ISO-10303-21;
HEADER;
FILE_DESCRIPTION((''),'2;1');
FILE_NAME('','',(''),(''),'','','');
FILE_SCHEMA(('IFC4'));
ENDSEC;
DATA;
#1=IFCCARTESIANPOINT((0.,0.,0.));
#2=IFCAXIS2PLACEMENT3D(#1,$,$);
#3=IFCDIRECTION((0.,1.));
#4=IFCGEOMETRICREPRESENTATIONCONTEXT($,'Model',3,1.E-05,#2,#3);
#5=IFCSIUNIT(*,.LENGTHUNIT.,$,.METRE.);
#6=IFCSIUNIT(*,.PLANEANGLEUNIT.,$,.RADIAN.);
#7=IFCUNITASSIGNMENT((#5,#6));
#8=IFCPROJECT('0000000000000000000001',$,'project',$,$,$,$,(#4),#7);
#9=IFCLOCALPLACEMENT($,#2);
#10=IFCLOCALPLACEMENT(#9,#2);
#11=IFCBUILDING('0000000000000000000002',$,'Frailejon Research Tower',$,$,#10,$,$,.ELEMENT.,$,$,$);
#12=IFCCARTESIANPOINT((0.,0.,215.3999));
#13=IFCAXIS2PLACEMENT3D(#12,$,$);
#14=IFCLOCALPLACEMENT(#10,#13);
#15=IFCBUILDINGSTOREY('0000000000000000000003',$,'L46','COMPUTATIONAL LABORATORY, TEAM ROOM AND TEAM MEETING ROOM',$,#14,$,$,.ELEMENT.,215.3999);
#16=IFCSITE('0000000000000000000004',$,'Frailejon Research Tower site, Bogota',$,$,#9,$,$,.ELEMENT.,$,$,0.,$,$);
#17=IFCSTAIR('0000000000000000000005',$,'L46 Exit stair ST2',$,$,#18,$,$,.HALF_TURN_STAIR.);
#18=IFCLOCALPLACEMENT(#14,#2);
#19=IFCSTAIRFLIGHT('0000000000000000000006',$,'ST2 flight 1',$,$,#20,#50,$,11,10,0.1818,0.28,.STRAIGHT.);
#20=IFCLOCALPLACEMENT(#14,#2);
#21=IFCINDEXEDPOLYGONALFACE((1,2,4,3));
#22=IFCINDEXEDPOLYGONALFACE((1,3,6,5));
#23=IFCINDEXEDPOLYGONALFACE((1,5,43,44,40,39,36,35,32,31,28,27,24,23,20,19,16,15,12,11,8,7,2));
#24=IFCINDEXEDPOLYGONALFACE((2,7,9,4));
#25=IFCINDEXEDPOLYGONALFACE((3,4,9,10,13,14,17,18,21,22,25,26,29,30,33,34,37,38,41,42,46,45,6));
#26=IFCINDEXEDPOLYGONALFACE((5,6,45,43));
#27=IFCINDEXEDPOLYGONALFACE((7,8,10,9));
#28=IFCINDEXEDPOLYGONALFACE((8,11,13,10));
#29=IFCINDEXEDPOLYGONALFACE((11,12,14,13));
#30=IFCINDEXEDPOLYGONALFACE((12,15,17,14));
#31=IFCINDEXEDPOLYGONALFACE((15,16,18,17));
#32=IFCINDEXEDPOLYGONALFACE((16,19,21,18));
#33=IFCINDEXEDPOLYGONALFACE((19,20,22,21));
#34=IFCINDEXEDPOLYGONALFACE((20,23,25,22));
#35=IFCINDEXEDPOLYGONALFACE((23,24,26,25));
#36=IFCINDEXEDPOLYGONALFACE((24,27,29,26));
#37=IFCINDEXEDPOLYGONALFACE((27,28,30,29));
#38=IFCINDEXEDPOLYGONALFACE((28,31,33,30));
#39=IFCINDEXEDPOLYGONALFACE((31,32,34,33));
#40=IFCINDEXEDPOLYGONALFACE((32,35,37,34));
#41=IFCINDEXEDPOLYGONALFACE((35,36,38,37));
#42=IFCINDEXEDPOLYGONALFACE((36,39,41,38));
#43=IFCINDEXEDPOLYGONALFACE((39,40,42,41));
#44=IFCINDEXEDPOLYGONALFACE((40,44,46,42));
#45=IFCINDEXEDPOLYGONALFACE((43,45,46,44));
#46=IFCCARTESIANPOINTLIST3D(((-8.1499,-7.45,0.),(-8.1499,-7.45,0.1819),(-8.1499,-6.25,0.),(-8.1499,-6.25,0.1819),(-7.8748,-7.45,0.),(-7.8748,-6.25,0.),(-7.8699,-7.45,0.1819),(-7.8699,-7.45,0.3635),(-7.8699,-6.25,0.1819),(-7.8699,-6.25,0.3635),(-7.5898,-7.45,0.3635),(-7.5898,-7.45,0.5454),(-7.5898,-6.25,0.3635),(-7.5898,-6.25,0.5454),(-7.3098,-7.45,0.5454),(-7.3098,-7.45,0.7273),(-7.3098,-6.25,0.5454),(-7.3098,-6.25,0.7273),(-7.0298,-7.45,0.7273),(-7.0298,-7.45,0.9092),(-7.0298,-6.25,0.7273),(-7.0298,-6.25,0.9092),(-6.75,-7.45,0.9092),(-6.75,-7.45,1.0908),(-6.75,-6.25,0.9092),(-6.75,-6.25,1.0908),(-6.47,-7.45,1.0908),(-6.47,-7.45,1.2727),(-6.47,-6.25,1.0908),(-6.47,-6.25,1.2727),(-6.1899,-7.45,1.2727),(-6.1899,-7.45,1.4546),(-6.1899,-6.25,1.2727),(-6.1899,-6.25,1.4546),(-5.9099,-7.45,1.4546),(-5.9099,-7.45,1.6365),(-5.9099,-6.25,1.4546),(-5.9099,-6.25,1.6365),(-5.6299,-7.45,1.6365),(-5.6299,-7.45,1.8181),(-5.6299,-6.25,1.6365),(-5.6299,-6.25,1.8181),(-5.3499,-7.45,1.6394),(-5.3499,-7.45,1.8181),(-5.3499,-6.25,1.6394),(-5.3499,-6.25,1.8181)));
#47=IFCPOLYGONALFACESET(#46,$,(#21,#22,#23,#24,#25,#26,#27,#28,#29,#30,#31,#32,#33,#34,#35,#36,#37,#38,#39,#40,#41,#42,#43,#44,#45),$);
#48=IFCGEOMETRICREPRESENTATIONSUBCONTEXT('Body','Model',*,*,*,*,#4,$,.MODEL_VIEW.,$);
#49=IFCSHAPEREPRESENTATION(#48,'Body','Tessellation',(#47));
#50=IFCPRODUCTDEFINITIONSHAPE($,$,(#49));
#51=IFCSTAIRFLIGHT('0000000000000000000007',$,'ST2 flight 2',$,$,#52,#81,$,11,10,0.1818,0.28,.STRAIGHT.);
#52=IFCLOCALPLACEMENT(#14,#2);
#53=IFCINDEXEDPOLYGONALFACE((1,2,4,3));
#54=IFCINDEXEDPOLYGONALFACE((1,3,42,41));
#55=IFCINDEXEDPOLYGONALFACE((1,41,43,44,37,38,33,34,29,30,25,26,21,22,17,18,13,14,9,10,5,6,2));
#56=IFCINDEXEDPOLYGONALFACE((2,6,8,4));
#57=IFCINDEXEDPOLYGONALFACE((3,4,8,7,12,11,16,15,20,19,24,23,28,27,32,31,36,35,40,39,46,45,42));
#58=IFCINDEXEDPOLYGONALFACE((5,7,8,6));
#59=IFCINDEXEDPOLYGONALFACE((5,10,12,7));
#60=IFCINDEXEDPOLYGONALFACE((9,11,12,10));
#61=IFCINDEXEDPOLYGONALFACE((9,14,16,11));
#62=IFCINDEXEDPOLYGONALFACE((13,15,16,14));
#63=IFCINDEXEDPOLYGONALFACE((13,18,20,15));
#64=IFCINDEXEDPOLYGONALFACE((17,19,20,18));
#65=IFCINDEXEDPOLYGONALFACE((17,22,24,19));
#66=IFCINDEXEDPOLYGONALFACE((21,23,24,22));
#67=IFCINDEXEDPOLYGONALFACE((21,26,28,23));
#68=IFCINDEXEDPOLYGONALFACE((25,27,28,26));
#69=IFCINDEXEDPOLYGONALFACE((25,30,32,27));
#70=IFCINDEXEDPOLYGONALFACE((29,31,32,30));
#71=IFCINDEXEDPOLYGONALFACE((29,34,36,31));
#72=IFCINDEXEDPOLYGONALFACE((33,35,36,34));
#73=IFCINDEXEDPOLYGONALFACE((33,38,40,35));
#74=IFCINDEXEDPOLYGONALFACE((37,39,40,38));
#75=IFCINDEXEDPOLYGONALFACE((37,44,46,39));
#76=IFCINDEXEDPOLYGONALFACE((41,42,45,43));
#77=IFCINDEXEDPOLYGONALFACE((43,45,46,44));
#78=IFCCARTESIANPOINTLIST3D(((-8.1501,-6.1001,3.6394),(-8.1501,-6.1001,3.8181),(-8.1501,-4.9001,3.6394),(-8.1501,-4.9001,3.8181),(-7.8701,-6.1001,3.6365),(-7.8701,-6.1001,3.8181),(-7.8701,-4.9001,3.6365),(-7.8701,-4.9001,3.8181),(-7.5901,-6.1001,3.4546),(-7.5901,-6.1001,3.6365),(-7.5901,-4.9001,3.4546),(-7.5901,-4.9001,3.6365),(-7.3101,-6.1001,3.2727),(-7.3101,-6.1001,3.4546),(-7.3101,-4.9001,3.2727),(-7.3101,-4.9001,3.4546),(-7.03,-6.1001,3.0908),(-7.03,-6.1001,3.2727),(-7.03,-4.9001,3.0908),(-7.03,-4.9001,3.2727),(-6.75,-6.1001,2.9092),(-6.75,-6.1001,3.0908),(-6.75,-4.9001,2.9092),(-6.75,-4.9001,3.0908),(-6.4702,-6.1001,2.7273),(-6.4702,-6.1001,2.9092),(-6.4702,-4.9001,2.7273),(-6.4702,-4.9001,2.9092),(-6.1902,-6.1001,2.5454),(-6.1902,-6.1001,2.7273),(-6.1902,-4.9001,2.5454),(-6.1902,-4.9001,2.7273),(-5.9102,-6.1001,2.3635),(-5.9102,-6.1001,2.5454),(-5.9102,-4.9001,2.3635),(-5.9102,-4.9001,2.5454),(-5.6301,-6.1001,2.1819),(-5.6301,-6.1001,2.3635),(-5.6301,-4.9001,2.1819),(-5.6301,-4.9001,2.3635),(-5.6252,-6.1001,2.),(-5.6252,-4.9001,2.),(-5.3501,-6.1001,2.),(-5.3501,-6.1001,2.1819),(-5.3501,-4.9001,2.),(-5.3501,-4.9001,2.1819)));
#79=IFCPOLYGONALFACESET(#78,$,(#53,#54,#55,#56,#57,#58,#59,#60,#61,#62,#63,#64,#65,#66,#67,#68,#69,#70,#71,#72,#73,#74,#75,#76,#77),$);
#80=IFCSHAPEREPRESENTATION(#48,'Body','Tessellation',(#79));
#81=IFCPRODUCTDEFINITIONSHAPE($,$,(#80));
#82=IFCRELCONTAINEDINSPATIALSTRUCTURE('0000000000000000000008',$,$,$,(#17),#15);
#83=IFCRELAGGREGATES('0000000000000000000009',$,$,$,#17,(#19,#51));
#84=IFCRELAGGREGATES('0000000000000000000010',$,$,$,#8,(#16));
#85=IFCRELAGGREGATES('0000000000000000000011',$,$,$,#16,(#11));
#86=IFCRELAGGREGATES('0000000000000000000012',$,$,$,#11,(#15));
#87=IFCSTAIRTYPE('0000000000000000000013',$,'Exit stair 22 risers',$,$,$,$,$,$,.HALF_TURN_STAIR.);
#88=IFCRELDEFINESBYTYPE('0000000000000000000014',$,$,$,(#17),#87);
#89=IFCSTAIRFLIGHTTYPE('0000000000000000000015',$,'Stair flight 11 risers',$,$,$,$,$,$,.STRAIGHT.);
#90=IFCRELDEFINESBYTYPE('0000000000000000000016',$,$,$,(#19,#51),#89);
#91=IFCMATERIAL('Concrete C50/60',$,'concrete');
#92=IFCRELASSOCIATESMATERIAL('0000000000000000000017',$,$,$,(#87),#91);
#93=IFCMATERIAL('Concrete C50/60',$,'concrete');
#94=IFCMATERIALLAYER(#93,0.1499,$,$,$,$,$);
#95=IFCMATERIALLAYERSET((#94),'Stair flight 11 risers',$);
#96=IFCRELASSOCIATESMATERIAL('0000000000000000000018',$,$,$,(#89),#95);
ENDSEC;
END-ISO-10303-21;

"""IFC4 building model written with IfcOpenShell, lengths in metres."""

from ifc_helpers import new_model, si_unit, direction, frame, origin, place, context, subcontext, project, spatial, polyline, outline, extrude, material, layer, layer_set, type_object, element, aggregate, save


model = new_model("IFC4")

# Units and contexts
model_context = context("Model", 3, precision=1e-05, world=origin(), true_north=direction((0.0, 1.0)))
body_context = subcontext(model_context, "Body", "Model", "MODEL_VIEW")
ifc_project = project(units=[si_unit("LENGTHUNIT", "METRE"), si_unit("PLANEANGLEUNIT", "RADIAN")], contexts=[model_context])

# Site, building, storey
site_placement = place(None, origin())
site = spatial("IfcSite", under=ifc_project, at=site_placement, Name="Frailejon Research Tower site, Bogota", CompositionType="ELEMENT", RefElevation=0.0)
building_placement = place(site_placement, origin())
building = spatial("IfcBuilding", under=site, at=building_placement, Name="Frailejon Research Tower", CompositionType="ELEMENT")
storey_placement = place(building_placement, frame((0.0, 0.0, 215.3999)))
storey = spatial("IfcBuildingStorey", under=building, at=storey_placement, Name="L46", Description="COMPUTATIONAL LABORATORY, TEAM ROOM AND TEAM MEETING ROOM", CompositionType="ELEMENT", Elevation=215.3999)

# Stair, stair flights
ifc_material_1 = material(Name="Concrete C50/60", Category="concrete")
stair_type = type_object("IfcStairType", Name="Exit stair 22 risers", PredefinedType="HALF_TURN_STAIR", material=ifc_material_1)
stair_placement = place(storey_placement, origin())
stair = element("IfcStair", 1, at=stair_placement, inside=storey, type_object=stair_type, Name="L46 Exit stair ST2", PredefinedType="HALF_TURN_STAIR")
ifc_material_2 = material(Name="Concrete C50/60", Category="concrete")
ifc_layer_1 = layer(ifc_material_2, 0.1499)
ifc_layer_set_1 = layer_set([ifc_layer_1], Name="Stair flight 11 risers")
stair_flight_type = type_object("IfcStairFlightType", Name="Stair flight 11 risers", PredefinedType="STRAIGHT", material=ifc_layer_set_1)
stair_flight_1_placement = place(storey_placement, frame((-8.1499, -6.8501, 0.0), z_axis=(0.0, 0.0, 1.0), x_axis=(1.0, 0.0, 0.0)))
stair_flight_1 = element("IfcStairFlight", 2, at=stair_flight_1_placement, type_object=stair_flight_type, Name="ST2 flight 1", NumberOfRisers=11, NumberOfTreads=10, PredefinedType="STRAIGHT", RiserHeight=0.1818, TreadLength=0.28, context=body_context, shape_type="SweptSolid", body=[
    extrude(outline(polyline([(0.0, 0.0), (0.0, 0.1819), (0.28, 0.1819), (0.28, 0.3635), (0.5601, 0.3635), (0.5601, 0.5454), (0.8401, 0.5454), (0.8401, 0.7273), (1.1201, 0.7273), (1.1201, 0.9092), (1.3999, 0.9092), (1.3999, 1.0908), (1.6799, 1.0908), (1.6799, 1.2727), (1.96, 1.2727), (1.96, 1.4546), (2.24, 1.4546), (2.24, 1.6365), (2.52, 1.6365), (2.52, 1.8181), (2.8, 1.8181), (2.8, 2.0), (2.8, 1.6394), (0.2751, 0.0), (0.0, 0.0)])), frame((0.0, 0.6001, 0.0), z_axis=(0.0, -1.0, 0.0), x_axis=(1.0, 0.0, 0.0)), (0.0, 0.0, 1.0), 1.2),
])
stair_flight_2_placement = place(storey_placement, frame((-5.3501, -5.5, 2.0), z_axis=(0.0, 0.0, 1.0), x_axis=(-1.0, 0.0, 0.0)))
stair_flight_2 = element("IfcStairFlight", 3, at=stair_flight_2_placement, type_object=stair_flight_type, Name="ST2 flight 2", NumberOfRisers=11, NumberOfTreads=10, PredefinedType="STRAIGHT", RiserHeight=0.1818, TreadLength=0.28, context=body_context, shape_type="SweptSolid", body=[
    extrude(outline(polyline([(0.0, 0.0), (0.0, 0.1819), (0.28, 0.1819), (0.28, 0.3635), (0.5601, 0.3635), (0.5601, 0.5454), (0.8401, 0.5454), (0.8401, 0.7273), (1.1201, 0.7273), (1.1201, 0.9092), (1.3999, 0.9092), (1.3999, 1.0908), (1.6799, 1.0908), (1.6799, 1.2727), (1.96, 1.2727), (1.96, 1.4546), (2.24, 1.4546), (2.24, 1.6365), (2.52, 1.6365), (2.52, 1.8181), (2.8, 1.8181), (2.8, 2.0), (2.8, 1.6394), (0.2751, 0.0), (0.0, 0.0)])), frame((0.0, 0.6001, 0.0), z_axis=(0.0, -1.0, 0.0), x_axis=(1.0, 0.0, 0.0)), (0.0, 0.0, 1.0), 1.2),
])
aggregate(stair, [stair_flight_1, stair_flight_2])

save(model, "model.ifc")
